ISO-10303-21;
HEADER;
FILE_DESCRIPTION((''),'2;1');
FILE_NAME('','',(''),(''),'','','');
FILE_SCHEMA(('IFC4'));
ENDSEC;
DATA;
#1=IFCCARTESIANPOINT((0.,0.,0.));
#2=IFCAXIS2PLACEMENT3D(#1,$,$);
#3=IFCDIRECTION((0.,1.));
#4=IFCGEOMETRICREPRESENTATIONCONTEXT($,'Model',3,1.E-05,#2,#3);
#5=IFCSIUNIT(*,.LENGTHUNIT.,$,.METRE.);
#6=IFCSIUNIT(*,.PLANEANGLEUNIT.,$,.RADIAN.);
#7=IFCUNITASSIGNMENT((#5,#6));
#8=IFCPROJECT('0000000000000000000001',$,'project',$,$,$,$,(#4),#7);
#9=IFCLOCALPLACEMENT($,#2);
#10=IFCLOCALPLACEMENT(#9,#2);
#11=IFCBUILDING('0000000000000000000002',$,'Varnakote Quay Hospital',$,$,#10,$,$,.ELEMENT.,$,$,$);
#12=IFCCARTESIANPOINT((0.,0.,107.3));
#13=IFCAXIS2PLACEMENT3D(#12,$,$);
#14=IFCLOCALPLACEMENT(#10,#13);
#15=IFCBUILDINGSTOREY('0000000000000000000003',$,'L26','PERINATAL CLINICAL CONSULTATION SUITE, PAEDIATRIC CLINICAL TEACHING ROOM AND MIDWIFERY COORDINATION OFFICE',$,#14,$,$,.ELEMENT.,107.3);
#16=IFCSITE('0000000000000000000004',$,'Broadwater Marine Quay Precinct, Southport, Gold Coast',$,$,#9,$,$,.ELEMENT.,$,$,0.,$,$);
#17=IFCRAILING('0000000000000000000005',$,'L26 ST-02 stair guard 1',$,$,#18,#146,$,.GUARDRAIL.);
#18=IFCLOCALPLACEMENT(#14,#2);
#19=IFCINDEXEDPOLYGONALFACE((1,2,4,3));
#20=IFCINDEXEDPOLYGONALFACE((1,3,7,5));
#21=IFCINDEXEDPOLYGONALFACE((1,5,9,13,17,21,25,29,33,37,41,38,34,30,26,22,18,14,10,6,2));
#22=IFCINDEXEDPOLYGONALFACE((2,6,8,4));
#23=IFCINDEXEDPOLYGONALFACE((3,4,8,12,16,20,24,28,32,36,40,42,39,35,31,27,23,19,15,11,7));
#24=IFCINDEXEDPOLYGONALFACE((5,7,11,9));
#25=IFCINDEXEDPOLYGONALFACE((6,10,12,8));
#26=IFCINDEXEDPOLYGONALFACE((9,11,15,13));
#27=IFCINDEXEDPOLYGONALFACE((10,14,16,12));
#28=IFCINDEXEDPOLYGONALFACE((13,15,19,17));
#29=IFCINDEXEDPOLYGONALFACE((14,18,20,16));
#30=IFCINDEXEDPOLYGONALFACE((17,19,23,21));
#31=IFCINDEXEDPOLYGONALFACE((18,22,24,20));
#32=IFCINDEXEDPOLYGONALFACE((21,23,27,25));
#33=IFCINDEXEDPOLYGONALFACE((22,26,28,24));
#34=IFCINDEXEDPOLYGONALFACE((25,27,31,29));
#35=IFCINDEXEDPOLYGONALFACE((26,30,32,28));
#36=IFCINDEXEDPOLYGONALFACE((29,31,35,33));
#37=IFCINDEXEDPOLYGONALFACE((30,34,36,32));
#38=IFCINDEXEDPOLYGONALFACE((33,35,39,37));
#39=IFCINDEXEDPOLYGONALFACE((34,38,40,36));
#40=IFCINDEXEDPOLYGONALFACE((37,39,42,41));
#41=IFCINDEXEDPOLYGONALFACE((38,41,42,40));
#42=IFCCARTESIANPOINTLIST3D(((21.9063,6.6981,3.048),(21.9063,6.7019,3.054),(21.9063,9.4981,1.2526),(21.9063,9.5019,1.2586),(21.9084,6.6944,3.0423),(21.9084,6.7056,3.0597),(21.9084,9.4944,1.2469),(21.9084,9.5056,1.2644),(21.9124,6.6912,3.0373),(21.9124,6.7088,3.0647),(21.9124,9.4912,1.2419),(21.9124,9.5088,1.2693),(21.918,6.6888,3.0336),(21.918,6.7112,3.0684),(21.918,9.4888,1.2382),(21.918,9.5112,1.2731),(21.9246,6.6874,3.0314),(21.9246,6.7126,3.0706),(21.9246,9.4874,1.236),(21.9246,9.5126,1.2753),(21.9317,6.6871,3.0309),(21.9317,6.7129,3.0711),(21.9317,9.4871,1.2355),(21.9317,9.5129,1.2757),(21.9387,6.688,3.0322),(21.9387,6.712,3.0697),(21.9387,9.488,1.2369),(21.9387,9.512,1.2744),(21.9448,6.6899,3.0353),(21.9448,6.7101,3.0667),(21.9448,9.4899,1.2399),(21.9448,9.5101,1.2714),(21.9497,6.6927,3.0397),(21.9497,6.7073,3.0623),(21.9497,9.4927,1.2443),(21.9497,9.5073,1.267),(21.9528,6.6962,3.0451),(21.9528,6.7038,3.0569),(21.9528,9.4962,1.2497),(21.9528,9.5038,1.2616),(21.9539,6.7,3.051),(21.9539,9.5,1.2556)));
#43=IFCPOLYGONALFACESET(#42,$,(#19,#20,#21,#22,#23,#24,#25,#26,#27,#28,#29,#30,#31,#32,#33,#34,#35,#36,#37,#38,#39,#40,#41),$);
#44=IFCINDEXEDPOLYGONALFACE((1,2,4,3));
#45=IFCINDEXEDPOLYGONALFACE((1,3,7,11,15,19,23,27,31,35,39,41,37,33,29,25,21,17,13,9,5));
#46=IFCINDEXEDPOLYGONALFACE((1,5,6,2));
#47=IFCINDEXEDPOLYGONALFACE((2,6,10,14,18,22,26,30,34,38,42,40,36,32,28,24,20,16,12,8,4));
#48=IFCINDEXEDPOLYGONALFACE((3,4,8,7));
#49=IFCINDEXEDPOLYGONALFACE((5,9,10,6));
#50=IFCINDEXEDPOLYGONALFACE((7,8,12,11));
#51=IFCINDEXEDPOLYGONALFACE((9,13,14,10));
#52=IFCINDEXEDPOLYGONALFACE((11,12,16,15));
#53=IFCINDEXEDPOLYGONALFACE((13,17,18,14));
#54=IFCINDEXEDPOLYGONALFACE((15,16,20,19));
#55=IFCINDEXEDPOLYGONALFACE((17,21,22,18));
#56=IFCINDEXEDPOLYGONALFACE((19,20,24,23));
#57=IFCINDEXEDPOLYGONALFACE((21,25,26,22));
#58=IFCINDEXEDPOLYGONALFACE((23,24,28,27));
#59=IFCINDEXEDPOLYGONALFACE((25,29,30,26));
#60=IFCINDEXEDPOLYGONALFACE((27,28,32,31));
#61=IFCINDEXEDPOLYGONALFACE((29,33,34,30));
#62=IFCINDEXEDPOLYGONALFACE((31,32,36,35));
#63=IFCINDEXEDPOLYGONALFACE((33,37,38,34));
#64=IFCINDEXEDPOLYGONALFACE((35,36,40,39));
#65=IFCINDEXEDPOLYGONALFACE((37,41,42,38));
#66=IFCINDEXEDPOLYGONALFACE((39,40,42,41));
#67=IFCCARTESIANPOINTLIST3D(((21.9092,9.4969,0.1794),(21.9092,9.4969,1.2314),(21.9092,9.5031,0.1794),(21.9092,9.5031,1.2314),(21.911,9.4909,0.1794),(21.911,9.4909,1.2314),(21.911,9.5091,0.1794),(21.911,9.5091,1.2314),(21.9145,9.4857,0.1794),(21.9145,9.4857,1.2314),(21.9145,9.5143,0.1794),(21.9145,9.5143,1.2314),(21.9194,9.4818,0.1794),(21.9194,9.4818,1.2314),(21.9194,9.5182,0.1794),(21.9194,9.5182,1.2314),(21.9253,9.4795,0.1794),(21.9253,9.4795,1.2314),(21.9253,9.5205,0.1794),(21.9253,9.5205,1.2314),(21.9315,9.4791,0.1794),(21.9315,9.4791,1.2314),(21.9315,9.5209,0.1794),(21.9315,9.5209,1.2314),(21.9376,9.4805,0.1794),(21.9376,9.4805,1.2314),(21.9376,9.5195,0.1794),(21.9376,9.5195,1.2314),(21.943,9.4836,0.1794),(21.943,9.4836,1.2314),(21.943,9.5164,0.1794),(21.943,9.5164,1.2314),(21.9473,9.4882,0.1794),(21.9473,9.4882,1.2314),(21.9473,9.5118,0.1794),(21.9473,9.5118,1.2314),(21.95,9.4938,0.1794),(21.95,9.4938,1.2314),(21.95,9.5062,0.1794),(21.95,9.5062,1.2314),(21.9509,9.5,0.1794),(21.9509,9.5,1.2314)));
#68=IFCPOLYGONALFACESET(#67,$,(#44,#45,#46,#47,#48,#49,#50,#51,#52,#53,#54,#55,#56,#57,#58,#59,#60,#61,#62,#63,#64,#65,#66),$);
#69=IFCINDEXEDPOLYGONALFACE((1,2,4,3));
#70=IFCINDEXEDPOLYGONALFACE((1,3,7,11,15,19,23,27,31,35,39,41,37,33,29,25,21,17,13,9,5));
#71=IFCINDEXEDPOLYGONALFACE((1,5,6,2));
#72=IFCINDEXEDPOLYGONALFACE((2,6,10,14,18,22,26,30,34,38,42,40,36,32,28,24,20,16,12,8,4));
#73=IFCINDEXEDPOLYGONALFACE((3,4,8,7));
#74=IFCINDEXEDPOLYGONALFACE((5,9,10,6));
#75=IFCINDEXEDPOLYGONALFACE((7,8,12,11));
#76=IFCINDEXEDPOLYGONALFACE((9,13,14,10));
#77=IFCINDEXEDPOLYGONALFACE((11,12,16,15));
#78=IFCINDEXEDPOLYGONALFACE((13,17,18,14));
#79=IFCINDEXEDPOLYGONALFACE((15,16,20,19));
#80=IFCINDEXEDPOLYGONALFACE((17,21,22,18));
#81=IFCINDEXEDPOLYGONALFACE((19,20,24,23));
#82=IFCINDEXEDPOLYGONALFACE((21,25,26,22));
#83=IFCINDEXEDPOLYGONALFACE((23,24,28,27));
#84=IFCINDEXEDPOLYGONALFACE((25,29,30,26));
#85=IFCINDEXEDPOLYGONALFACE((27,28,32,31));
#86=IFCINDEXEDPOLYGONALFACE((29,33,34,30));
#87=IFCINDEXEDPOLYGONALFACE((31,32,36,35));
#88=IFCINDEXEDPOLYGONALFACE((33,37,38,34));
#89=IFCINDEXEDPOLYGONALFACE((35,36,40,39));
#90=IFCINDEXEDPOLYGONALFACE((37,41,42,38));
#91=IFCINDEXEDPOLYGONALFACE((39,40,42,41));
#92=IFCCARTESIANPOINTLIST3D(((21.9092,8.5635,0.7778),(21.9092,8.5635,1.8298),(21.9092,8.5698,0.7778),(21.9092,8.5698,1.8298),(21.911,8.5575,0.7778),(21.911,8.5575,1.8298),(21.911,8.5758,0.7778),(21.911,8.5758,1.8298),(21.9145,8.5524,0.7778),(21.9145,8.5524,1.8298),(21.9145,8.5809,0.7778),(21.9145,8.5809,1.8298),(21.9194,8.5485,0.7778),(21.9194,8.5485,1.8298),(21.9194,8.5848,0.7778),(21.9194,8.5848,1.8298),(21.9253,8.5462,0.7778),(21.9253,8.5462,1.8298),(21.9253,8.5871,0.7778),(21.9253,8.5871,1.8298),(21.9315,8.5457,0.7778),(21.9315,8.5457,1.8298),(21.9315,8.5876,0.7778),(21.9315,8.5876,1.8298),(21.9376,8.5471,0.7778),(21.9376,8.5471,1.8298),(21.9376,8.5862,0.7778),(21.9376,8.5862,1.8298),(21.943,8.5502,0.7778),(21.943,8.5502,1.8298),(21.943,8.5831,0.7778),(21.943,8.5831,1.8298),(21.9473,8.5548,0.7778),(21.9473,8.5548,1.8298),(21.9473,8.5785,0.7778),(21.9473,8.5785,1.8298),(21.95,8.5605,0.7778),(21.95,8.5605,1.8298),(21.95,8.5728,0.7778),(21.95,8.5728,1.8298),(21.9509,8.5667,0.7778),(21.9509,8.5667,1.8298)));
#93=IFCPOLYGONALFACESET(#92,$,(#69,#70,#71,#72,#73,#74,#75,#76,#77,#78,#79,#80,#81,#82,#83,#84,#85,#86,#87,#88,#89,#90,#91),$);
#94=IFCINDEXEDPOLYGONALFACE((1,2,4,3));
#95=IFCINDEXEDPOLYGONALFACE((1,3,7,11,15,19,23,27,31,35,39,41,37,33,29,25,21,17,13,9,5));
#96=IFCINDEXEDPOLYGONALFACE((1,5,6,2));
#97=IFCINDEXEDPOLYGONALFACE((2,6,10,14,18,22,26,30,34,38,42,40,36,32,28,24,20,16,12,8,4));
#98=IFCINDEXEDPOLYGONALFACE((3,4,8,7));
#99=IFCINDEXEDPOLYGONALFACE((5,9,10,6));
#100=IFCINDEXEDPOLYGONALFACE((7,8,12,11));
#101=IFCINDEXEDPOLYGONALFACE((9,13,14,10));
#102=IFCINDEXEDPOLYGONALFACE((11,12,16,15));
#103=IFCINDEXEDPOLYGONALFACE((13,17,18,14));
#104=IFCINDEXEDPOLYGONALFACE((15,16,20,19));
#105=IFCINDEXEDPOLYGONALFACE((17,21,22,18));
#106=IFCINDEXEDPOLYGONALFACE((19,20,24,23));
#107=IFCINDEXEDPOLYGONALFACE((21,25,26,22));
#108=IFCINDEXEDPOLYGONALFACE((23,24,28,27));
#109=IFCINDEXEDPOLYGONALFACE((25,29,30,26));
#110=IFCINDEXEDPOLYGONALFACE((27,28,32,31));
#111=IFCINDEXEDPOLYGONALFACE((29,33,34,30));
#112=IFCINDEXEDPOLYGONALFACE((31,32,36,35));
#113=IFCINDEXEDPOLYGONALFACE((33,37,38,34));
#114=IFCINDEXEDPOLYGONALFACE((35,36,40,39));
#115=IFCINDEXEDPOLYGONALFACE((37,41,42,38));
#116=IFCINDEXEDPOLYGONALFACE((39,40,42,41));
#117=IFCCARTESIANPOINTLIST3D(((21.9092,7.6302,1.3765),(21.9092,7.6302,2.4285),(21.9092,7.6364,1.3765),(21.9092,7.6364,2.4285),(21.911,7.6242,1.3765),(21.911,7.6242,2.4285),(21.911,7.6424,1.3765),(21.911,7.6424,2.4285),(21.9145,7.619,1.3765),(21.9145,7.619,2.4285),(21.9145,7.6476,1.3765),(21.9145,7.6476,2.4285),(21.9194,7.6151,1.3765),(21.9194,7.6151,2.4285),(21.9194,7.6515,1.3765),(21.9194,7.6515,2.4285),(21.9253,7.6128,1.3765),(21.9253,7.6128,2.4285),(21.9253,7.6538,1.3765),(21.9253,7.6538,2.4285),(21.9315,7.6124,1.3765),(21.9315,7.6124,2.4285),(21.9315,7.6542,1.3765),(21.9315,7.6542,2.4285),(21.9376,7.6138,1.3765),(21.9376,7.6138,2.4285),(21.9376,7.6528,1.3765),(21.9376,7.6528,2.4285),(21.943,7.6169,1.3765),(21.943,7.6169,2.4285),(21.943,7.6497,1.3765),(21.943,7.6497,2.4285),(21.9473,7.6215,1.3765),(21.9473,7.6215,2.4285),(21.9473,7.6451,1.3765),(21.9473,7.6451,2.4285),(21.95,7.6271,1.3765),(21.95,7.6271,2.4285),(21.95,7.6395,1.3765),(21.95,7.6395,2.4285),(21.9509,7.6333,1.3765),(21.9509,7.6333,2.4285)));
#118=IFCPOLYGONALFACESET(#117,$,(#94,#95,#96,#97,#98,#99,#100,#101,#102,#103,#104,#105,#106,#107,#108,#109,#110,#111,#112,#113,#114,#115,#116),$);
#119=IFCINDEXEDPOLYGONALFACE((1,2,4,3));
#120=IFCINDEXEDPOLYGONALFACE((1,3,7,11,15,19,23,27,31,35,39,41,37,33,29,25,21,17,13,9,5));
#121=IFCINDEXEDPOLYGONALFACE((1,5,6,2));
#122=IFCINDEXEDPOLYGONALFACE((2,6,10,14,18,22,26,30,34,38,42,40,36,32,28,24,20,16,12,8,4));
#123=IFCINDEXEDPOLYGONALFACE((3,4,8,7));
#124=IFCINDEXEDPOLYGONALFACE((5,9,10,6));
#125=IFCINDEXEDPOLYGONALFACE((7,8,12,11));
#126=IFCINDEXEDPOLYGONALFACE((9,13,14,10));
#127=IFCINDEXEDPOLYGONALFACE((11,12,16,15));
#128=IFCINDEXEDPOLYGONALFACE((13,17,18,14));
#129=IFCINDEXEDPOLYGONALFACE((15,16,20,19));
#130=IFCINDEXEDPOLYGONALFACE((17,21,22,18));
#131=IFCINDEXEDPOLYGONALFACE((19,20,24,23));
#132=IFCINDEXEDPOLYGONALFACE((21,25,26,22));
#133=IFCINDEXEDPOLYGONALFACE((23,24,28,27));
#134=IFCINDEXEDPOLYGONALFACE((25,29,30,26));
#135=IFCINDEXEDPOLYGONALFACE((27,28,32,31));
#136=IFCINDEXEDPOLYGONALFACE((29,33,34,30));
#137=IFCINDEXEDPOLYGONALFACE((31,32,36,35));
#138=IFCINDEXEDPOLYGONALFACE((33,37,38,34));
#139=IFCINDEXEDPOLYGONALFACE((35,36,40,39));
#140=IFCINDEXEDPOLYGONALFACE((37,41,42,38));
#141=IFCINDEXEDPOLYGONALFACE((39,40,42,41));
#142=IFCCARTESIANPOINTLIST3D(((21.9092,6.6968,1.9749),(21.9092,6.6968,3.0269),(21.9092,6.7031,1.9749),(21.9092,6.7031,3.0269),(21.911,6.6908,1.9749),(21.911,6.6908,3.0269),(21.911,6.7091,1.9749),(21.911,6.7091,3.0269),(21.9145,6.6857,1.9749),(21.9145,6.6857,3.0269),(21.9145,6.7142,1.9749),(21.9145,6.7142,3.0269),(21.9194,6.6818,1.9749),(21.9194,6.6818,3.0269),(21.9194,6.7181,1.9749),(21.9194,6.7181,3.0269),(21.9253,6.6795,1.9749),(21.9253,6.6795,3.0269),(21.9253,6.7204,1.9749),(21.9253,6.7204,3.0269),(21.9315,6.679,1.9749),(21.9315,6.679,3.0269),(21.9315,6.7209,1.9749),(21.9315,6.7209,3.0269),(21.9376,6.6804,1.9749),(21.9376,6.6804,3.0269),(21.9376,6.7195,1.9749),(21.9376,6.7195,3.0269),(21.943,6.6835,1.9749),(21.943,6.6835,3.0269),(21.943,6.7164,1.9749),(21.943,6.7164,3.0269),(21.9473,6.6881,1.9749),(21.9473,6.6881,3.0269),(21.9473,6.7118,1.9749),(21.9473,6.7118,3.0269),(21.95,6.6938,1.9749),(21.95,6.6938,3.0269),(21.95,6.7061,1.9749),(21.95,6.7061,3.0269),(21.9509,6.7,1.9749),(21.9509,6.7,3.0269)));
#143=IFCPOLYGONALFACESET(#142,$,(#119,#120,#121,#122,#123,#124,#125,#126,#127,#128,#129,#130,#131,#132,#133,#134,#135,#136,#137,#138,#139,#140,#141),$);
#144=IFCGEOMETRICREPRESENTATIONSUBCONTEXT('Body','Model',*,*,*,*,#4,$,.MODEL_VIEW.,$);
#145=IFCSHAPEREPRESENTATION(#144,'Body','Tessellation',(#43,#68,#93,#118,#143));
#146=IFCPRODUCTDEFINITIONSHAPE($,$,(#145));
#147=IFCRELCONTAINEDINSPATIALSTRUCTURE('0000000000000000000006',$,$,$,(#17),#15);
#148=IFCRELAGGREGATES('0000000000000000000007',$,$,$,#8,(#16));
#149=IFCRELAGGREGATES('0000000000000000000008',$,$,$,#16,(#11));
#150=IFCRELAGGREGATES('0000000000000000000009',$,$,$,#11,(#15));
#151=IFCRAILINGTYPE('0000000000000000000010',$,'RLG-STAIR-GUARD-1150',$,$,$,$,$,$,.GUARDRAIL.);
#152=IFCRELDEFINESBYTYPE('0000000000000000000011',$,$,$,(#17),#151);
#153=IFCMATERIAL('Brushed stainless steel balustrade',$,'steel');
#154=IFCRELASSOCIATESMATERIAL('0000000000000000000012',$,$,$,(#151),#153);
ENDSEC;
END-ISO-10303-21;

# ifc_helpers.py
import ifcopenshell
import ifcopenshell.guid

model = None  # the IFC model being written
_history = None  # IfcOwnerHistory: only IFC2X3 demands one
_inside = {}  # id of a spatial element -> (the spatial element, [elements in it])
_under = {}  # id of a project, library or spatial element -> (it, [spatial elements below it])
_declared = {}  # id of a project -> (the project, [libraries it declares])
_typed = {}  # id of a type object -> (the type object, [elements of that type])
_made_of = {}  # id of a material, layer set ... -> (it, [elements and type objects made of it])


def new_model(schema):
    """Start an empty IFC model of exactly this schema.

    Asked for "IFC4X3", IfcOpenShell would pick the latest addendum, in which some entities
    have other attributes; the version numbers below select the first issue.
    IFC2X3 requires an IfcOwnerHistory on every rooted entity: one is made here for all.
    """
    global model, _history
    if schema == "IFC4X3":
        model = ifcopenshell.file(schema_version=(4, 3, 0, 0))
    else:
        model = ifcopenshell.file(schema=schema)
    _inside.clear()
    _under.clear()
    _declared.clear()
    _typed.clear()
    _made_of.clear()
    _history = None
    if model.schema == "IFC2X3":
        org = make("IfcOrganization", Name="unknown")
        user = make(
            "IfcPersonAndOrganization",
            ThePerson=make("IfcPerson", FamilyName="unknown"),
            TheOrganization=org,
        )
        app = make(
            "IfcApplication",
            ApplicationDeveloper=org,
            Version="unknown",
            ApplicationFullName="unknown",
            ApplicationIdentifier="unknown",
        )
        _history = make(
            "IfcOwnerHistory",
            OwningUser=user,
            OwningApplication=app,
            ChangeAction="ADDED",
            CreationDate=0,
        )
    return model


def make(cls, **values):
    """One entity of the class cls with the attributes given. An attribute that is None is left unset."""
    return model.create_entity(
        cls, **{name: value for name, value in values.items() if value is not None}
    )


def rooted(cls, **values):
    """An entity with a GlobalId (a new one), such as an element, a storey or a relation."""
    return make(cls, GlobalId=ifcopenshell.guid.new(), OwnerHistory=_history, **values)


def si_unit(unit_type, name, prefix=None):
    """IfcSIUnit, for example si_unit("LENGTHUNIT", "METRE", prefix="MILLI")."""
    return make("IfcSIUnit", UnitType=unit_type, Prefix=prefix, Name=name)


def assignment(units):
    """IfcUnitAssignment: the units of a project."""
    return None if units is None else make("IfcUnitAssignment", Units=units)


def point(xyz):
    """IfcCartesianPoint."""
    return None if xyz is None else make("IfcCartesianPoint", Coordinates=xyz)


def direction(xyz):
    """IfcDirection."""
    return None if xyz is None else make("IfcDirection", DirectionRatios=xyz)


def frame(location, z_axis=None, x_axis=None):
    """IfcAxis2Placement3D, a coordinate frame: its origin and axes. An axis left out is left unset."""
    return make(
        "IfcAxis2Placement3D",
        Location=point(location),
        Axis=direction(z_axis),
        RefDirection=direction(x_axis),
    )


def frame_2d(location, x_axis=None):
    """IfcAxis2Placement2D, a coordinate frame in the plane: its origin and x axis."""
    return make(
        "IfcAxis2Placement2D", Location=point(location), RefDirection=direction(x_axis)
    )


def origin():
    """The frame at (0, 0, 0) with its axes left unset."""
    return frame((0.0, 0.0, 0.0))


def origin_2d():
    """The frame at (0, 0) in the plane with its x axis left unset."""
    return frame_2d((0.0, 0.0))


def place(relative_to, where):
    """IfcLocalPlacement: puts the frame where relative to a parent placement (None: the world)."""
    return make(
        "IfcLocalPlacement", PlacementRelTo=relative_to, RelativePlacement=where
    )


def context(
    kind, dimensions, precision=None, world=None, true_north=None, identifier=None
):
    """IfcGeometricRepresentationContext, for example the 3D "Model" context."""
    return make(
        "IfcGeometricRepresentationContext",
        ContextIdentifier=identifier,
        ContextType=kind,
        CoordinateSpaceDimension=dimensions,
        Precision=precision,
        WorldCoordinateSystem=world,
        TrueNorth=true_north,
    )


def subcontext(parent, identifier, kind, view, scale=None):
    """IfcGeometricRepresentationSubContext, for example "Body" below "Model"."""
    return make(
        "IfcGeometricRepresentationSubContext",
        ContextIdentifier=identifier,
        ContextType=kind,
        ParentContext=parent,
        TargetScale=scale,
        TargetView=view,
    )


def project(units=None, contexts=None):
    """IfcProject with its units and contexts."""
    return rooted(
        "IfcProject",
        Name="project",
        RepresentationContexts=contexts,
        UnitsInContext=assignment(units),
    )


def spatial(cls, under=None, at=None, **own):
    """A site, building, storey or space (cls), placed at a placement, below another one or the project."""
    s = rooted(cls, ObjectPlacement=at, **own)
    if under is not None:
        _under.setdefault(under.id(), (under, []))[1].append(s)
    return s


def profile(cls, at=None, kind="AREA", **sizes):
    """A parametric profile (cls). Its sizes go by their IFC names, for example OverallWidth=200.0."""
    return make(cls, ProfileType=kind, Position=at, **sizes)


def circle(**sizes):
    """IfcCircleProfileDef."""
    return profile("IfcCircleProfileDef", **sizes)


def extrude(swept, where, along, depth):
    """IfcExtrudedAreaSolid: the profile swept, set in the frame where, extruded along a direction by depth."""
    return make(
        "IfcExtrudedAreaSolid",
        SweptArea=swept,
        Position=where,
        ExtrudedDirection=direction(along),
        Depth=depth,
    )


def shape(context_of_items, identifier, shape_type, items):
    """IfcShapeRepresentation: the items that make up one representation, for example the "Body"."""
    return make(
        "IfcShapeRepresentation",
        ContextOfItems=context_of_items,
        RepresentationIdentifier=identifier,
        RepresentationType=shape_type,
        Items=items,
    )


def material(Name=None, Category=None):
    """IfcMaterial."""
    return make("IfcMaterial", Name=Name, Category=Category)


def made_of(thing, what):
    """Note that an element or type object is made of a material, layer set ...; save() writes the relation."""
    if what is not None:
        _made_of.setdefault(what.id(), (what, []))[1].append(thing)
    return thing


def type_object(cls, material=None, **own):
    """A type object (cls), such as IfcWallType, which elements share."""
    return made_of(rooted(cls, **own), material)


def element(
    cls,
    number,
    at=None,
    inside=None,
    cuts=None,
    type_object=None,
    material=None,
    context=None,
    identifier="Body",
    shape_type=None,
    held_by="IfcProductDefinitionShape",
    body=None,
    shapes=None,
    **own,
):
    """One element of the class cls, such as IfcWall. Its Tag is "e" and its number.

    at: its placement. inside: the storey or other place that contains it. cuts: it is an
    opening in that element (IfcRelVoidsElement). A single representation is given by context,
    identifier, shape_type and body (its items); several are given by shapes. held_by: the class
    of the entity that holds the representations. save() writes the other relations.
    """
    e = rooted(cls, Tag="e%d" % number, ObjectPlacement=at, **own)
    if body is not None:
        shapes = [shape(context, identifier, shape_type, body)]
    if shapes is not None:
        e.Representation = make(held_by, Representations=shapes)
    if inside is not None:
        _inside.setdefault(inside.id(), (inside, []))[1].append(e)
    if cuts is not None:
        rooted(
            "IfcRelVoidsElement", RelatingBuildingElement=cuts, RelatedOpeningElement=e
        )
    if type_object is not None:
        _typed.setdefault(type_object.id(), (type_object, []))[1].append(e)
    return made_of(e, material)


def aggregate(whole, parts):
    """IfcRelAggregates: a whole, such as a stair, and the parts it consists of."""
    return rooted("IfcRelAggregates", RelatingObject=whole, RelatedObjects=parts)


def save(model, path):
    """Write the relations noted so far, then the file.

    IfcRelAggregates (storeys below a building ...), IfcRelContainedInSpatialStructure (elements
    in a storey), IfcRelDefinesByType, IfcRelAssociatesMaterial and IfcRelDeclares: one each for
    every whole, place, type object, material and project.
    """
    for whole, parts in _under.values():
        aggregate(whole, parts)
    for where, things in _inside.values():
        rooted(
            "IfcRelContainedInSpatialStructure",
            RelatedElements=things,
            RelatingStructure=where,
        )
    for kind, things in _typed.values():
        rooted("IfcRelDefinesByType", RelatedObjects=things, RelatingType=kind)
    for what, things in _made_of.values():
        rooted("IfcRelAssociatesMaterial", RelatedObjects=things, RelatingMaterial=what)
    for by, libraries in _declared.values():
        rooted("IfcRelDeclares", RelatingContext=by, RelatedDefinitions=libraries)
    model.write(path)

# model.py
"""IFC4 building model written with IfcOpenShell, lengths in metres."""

from ifc_helpers import new_model, si_unit, direction, frame, origin, origin_2d, place, context, subcontext, project, spatial, circle, extrude, material, type_object, element, save


model = new_model("IFC4")

# Units and contexts
model_context = context("Model", 3, precision=1e-05, world=origin(), true_north=direction((0.0, 1.0)))
body_context = subcontext(model_context, "Body", "Model", "MODEL_VIEW")
ifc_project = project(units=[si_unit("LENGTHUNIT", "METRE"), si_unit("PLANEANGLEUNIT", "RADIAN")], contexts=[model_context])

# Site, building, storey
site_placement = place(None, origin())
site = spatial("IfcSite", under=ifc_project, at=site_placement, Name="Broadwater Marine Quay Precinct, Southport, Gold Coast", CompositionType="ELEMENT", RefElevation=0.0)
building_placement = place(site_placement, origin())
building = spatial("IfcBuilding", under=site, at=building_placement, Name="Varnakote Quay Hospital", CompositionType="ELEMENT")
storey_placement = place(building_placement, frame((0.0, 0.0, 107.3)))
storey = spatial("IfcBuildingStorey", under=building, at=storey_placement, Name="L26", Description="PERINATAL CLINICAL CONSULTATION SUITE, PAEDIATRIC CLINICAL TEACHING ROOM AND MIDWIFERY COORDINATION OFFICE", CompositionType="ELEMENT", Elevation=107.3)

# Railing
ifc_material_1 = material(Name="Brushed stainless steel balustrade", Category="steel")
railing_type_1 = type_object("IfcRailingType", Name="RLG-STAIR-GUARD-1150", PredefinedType="GUARDRAIL", material=ifc_material_1)
railing_1_placement = place(storey_placement, frame((21.9299, 9.5, 0.1794)))
element("IfcRailing", 1, at=railing_1_placement, inside=storey, type_object=railing_type_1, Name="L26 ST-02 stair guard 1", PredefinedType="GUARDRAIL", context=body_context, shape_type="SweptSolid", body=[
    extrude(circle(Radius=0.0239, at=origin_2d()), frame((0.0, 0.0, 1.0762), z_axis=(0.0, -0.84181, 0.539774), x_axis=(1.0, 0.0, 0.0)), (0.0, 0.0, 1.0), 3.3262),
    extrude(circle(Radius=0.021, at=origin_2d()), origin(), (0.0, 0.0, 1.0), 1.052),
    extrude(circle(Radius=0.021, at=origin_2d()), frame((0.0, -0.9333, 0.5984)), (0.0, 0.0, 1.0), 1.052),
    extrude(circle(Radius=0.021, at=origin_2d()), frame((0.0, -1.8667, 1.197)), (0.0, 0.0, 1.0), 1.052),
    extrude(circle(Radius=0.021, at=origin_2d()), frame((0.0, -2.8, 1.7954)), (0.0, 0.0, 1.0), 1.052),
])

save(model, "model.ifc")
